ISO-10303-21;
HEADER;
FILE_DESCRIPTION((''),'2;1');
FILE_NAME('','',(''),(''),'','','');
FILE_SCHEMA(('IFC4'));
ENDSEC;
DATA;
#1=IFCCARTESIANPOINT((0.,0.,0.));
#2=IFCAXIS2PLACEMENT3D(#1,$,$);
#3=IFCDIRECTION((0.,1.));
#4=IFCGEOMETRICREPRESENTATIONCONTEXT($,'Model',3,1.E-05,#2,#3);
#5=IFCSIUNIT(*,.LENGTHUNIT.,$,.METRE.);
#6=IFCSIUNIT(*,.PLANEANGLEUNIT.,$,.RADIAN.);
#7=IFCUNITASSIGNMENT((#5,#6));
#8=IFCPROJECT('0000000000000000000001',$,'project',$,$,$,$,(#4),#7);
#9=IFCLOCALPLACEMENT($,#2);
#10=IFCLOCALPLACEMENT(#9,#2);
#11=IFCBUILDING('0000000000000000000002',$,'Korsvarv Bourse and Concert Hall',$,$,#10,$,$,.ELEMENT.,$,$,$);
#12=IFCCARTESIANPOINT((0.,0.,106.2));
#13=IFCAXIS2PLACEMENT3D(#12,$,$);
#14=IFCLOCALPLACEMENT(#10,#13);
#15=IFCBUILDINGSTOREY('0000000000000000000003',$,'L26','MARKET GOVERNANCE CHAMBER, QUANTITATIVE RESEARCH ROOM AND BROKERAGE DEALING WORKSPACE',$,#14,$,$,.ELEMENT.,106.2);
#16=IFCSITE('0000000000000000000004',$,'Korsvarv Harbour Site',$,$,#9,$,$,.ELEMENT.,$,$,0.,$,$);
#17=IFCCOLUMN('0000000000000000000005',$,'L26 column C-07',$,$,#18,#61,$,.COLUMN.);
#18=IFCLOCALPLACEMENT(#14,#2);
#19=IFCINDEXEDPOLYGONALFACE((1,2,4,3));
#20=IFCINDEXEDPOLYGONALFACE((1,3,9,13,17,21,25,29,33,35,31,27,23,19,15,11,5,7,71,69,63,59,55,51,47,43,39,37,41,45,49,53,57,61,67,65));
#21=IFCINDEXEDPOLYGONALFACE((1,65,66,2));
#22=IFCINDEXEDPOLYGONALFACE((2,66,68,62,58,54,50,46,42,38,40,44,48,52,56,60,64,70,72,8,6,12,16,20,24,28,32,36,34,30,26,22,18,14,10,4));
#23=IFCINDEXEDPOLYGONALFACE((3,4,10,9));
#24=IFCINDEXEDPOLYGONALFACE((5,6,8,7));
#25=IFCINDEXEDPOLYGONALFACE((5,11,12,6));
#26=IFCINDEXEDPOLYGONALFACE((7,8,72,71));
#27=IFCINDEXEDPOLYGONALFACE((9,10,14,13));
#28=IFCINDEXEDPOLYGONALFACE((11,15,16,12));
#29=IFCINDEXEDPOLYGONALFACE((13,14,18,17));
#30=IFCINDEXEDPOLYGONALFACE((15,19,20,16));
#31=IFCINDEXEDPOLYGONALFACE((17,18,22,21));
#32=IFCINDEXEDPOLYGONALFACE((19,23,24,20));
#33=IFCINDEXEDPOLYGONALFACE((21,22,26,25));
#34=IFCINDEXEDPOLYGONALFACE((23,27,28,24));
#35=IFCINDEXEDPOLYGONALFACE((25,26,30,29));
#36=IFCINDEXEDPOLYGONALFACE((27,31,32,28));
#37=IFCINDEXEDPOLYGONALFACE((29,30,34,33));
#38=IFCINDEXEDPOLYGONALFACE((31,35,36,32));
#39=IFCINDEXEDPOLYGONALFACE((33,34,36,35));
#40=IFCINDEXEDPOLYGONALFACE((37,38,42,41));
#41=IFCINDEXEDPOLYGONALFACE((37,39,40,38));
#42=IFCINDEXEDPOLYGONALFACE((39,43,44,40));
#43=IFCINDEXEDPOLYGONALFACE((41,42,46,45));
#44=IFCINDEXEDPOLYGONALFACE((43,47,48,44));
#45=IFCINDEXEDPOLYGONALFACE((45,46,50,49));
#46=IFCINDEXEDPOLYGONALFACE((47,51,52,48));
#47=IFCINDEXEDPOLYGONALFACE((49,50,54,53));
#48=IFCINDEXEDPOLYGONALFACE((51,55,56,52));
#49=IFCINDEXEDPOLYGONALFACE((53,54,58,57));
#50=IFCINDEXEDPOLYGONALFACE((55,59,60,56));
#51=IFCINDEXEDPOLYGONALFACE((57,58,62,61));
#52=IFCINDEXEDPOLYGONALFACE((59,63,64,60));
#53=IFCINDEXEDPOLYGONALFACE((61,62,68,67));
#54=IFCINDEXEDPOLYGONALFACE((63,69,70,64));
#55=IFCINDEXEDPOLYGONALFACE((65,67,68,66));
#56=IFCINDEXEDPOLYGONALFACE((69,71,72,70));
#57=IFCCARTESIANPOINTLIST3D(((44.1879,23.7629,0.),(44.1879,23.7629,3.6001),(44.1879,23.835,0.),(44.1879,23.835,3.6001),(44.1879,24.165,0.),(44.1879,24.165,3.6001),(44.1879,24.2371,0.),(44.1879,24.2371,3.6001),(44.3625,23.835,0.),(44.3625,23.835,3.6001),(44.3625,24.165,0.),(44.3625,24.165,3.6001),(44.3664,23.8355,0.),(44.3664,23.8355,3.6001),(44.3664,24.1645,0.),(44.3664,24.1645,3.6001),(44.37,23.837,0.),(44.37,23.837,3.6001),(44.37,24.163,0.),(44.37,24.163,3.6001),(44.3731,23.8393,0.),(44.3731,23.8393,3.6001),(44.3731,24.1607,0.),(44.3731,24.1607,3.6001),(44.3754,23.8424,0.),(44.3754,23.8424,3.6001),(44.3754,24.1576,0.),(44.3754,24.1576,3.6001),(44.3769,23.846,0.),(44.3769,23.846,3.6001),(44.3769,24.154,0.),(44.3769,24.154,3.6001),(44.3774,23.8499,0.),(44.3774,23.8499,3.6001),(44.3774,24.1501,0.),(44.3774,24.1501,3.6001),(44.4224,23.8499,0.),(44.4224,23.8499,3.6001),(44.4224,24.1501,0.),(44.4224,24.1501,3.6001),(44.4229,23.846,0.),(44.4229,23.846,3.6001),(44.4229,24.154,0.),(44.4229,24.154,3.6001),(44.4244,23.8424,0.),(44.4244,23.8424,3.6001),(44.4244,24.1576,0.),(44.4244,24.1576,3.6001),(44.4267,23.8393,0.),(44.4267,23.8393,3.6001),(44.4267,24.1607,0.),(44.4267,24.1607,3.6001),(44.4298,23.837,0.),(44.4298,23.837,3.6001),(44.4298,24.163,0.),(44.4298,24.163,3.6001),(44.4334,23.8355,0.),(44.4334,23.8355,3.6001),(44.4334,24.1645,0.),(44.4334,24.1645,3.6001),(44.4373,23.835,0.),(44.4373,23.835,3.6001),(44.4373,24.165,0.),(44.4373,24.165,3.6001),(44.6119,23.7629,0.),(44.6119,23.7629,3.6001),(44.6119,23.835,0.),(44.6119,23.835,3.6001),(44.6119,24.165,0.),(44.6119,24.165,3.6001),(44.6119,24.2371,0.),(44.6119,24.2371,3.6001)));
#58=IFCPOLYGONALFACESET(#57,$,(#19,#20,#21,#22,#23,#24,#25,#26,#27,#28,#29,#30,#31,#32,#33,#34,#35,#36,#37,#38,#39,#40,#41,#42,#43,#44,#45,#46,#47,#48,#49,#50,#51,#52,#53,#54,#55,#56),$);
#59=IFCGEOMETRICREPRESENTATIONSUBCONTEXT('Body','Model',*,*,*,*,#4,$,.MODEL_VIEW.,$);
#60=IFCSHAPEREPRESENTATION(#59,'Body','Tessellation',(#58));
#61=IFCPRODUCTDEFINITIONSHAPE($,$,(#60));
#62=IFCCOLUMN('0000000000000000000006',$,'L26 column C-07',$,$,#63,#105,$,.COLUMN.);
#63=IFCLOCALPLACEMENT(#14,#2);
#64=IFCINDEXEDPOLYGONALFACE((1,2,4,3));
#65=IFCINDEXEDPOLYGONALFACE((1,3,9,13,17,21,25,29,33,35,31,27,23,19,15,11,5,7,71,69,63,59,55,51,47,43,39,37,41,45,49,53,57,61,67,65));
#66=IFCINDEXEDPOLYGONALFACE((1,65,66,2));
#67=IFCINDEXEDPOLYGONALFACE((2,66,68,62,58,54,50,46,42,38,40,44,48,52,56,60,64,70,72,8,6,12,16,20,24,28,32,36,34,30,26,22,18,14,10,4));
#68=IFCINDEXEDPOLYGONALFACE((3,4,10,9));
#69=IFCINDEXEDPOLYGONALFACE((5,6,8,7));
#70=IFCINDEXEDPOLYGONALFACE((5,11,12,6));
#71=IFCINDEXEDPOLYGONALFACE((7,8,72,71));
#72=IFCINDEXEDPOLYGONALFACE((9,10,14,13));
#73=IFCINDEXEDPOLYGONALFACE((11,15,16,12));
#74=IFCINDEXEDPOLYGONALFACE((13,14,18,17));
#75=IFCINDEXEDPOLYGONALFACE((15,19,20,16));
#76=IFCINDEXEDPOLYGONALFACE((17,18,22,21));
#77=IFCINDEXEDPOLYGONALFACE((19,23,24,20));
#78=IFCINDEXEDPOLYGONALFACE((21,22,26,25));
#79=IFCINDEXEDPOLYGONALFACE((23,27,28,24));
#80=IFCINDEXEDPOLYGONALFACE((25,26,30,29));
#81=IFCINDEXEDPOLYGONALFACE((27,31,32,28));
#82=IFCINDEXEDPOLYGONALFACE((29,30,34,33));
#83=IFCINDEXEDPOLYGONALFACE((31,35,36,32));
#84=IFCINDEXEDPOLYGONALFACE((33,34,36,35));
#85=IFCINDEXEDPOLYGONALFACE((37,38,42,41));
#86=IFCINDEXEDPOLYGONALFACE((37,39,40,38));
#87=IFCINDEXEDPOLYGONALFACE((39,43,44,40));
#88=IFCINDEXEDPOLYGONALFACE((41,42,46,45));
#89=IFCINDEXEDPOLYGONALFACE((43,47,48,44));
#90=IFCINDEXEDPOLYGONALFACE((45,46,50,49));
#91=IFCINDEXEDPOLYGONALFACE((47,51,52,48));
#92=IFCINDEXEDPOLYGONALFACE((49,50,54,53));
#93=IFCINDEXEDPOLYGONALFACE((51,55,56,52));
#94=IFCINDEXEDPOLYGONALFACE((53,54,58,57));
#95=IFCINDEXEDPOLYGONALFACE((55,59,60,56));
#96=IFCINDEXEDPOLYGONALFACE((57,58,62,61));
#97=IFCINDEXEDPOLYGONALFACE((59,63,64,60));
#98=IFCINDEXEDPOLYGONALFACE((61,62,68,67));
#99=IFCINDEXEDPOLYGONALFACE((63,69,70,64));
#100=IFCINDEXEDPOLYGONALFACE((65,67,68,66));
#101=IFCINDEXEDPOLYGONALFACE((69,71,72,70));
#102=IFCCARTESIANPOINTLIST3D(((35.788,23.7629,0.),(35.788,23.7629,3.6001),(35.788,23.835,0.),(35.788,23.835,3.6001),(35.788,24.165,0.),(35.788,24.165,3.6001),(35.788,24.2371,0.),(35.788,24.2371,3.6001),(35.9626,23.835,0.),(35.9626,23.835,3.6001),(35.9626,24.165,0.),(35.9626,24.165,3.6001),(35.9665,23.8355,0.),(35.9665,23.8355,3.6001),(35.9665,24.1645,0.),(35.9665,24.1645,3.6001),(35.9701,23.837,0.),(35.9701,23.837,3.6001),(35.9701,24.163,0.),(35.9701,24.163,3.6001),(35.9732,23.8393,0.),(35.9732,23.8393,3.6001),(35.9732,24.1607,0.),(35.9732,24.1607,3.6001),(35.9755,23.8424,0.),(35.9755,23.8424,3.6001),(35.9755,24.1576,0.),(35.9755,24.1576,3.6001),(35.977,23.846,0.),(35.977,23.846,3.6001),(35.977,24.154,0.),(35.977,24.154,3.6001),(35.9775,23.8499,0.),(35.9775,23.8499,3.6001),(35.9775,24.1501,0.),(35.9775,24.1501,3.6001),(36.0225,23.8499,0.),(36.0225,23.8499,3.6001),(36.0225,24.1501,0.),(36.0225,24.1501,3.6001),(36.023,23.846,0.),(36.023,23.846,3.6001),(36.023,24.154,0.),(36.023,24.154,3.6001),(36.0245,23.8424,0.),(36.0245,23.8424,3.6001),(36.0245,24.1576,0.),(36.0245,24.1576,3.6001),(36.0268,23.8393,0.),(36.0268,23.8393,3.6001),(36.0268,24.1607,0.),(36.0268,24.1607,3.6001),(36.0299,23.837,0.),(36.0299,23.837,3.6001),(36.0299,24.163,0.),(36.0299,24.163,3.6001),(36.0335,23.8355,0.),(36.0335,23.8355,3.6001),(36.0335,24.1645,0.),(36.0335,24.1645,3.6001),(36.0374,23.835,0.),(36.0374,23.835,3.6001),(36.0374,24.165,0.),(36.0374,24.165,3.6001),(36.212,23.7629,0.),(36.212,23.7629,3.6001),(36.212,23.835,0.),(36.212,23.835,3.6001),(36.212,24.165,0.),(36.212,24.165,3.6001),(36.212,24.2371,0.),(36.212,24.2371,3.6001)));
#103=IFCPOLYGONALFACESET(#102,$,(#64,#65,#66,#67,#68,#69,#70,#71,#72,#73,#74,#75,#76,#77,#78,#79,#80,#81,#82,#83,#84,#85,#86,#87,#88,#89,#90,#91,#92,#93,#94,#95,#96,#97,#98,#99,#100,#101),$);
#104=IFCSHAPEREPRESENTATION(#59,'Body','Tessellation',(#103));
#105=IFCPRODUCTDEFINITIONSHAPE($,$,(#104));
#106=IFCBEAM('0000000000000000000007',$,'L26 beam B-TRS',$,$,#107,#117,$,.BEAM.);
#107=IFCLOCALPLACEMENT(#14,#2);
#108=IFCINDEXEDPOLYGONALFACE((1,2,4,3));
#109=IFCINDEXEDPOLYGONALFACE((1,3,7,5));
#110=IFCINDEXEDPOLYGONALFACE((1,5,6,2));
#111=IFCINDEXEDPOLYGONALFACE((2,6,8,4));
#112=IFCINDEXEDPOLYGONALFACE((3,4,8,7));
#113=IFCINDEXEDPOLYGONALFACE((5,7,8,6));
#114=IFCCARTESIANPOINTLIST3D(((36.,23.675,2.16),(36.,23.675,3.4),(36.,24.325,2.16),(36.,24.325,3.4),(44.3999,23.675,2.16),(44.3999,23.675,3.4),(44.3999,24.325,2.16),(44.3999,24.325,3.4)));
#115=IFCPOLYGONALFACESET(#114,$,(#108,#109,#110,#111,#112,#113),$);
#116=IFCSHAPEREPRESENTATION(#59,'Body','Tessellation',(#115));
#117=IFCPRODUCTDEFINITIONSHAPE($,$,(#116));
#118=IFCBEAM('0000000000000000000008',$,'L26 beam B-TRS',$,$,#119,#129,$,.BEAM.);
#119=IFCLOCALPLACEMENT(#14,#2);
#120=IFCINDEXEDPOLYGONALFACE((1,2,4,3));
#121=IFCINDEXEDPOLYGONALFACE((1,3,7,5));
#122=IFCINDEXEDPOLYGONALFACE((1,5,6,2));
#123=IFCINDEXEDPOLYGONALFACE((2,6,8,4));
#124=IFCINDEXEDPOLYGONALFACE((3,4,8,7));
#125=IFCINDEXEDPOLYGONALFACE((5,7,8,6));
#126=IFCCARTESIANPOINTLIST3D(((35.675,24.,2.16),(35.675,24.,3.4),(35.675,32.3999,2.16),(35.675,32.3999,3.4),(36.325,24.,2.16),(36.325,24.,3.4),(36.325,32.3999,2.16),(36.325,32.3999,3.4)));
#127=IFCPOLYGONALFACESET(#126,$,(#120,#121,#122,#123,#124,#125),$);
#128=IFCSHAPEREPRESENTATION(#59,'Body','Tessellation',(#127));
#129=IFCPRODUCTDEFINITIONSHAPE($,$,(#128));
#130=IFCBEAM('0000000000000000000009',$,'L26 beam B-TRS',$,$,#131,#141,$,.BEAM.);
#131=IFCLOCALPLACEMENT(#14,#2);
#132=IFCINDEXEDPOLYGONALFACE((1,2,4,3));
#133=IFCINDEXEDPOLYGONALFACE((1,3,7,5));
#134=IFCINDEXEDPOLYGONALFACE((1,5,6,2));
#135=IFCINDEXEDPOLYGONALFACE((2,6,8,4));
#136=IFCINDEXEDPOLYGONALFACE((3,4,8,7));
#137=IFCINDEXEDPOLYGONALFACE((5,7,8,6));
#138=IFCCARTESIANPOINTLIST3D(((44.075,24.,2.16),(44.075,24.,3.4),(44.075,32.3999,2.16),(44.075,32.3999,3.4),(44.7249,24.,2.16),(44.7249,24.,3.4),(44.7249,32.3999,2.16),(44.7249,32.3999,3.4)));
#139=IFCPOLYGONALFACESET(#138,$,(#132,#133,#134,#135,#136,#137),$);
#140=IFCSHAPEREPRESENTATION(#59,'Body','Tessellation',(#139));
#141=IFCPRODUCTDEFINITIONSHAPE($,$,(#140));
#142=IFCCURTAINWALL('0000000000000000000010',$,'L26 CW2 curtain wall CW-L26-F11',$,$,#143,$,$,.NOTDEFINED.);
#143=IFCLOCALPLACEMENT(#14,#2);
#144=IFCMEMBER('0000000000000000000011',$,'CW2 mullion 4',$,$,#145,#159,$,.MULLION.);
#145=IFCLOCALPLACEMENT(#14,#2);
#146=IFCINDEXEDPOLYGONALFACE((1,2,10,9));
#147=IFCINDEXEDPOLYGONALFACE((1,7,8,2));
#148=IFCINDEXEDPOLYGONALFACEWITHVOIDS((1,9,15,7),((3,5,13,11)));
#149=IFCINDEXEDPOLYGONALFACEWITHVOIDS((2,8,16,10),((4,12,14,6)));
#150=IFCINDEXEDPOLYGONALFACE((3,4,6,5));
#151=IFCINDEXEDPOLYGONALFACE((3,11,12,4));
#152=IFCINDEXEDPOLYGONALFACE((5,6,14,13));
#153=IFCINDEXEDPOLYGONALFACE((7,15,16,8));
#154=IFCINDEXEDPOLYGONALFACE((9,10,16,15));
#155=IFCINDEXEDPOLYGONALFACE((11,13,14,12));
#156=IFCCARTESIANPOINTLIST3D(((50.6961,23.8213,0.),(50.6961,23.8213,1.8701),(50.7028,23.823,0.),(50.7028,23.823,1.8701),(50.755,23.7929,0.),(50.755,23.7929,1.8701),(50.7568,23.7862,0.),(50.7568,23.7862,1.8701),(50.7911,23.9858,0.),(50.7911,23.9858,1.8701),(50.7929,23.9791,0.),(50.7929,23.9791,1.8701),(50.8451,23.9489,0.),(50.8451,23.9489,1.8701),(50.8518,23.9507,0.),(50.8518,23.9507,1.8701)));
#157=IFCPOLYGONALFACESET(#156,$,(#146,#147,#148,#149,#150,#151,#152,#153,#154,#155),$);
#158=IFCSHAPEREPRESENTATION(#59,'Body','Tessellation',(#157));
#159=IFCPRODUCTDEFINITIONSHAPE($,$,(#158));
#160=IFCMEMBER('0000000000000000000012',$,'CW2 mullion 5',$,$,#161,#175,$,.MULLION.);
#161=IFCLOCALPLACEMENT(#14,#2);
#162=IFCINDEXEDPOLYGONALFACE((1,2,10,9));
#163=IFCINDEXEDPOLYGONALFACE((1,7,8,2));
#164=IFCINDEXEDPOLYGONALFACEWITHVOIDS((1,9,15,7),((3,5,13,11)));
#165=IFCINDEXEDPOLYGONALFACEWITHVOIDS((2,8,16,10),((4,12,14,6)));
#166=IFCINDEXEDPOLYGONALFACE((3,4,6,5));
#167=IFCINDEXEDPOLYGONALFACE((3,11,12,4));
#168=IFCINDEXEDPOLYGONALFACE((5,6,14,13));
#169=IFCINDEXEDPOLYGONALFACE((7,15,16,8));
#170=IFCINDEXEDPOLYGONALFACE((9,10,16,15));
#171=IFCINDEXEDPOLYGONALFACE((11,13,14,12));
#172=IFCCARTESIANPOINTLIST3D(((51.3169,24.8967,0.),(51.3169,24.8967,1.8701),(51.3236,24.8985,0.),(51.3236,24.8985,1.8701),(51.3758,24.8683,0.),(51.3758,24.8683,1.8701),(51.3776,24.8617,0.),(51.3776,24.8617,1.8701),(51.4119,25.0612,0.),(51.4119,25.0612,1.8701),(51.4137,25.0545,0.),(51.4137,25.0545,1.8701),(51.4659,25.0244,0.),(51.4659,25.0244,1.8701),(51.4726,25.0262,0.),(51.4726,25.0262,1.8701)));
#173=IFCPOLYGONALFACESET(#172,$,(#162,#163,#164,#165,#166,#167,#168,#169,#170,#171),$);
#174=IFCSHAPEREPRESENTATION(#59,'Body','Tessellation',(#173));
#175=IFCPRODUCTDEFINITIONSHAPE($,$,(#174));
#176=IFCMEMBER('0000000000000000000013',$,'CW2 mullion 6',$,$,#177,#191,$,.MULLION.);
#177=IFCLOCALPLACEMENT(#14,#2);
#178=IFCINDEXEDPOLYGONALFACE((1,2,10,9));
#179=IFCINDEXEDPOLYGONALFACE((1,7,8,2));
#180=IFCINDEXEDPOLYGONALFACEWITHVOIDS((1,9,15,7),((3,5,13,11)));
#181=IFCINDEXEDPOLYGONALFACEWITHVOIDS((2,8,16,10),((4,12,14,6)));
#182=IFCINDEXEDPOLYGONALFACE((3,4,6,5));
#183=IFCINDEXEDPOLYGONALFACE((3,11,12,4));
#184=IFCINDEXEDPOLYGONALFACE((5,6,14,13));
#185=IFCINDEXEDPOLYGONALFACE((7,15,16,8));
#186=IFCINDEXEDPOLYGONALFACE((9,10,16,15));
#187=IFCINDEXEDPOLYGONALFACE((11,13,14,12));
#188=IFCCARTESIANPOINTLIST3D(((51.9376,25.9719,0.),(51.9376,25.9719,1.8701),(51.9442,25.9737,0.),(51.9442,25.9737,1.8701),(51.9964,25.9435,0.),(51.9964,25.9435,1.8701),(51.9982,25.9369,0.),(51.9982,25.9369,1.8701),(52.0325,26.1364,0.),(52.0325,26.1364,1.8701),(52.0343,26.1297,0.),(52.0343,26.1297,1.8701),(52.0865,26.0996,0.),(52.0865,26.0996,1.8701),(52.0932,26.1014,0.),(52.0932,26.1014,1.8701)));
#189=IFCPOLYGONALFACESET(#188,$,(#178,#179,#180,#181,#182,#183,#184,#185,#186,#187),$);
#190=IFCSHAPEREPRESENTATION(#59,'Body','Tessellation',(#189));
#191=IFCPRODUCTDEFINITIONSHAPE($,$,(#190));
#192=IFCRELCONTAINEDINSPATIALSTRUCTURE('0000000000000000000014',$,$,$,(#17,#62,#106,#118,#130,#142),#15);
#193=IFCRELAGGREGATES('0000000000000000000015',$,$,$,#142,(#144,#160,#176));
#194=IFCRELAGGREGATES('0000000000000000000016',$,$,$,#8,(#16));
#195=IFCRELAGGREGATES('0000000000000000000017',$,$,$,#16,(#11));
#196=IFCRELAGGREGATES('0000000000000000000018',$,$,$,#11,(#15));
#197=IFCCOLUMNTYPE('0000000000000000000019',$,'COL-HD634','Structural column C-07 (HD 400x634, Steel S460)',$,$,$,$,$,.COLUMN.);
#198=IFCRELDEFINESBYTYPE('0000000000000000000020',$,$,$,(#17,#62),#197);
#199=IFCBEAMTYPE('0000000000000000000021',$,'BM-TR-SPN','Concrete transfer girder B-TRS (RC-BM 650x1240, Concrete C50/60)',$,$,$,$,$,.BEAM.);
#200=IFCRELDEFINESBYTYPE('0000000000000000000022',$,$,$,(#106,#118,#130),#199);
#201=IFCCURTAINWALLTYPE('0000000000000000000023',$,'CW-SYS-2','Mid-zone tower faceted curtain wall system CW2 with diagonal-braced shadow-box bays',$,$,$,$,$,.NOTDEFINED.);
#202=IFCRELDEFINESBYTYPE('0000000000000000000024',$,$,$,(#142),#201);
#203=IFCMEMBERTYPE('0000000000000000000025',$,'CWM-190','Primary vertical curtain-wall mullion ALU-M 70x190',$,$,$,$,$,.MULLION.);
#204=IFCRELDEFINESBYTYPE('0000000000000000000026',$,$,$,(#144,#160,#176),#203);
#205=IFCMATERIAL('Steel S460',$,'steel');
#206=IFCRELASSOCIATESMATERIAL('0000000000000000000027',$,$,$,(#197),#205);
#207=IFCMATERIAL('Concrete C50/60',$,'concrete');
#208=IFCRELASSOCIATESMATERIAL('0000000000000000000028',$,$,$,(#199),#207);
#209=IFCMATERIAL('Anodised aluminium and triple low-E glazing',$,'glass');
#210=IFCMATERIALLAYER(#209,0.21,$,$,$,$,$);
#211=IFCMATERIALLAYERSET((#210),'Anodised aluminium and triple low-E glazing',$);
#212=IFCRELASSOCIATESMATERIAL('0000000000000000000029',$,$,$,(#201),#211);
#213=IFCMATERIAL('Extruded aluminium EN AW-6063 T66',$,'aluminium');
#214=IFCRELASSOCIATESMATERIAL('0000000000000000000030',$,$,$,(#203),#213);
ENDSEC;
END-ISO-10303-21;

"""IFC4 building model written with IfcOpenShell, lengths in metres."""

from ifc_helpers import new_model, si_unit, direction, frame, origin, origin_2d, place, context, subcontext, project, spatial, rectangle, hollow_rectangle, i_section, extrude, source, transform, mapped, material, layer, layer_set, material_profile, profile_set, type_object, element, aggregate, save


model = new_model("IFC4")

# Units and contexts
model_context = context("Model", 3, precision=1e-05, world=origin(), true_north=direction((0.0, 1.0)))
body_context = subcontext(model_context, "Body", "Model", "MODEL_VIEW")
ifc_project = project(units=[si_unit("LENGTHUNIT", "METRE"), si_unit("PLANEANGLEUNIT", "RADIAN")], contexts=[model_context])

# Site, building, storey
site_placement = place(None, origin())
site = spatial("IfcSite", under=ifc_project, at=site_placement, Name="Korsvarv Harbour Site", CompositionType="ELEMENT", RefElevation=0.0)
building_placement = place(site_placement, origin())
building = spatial("IfcBuilding", under=site, at=building_placement, Name="Korsvarv Bourse and Concert Hall", CompositionType="ELEMENT")
storey_placement = place(building_placement, frame((0.0, 0.0, 106.2)))
storey = spatial("IfcBuildingStorey", under=building, at=storey_placement, Name="L26", Description="MARKET GOVERNANCE CHAMBER, QUANTITATIVE RESEARCH ROOM AND BROKERAGE DEALING WORKSPACE", CompositionType="ELEMENT", Elevation=106.2)

# Columns
ifc_material_1 = material(Name="Steel S460", Category="steel")
ifc_material_profile_1 = material_profile(ifc_material_1, i_section(OverallWidth=0.4241, OverallDepth=0.4741, WebThickness=0.0449, FlangeThickness=0.072, FilletRadius=0.0149, at=origin_2d()), Name="HD 400x634")
ifc_profile_set_1 = profile_set([ifc_material_profile_1], Name="Steel S460")
column_type = type_object("IfcColumnType", Name="COL-HD634", Description="Structural column C-07 (HD 400x634, Steel S460)", PredefinedType="COLUMN", material=ifc_profile_set_1)
shared_shape_1 = source(origin(), body_context, "Body", "SweptSolid", [
    extrude(i_section(OverallWidth=0.4241, OverallDepth=0.4741, WebThickness=0.0449, FlangeThickness=0.072, FilletRadius=0.0149, at=origin_2d()), origin(), (0.0, 0.0, 1.0), 3.6001),
])
for number, where, z_axis, x_axis, name in (
    (1, (44.3999, 24.0, 0.0), (0.0, 0.0, 1.0), (1.0, 0.0, 0.0), "L26 column C-07"),
    (2, (36.0, 24.0, 0.0), (0.0, 0.0, 1.0), (1.0, 0.0, 0.0), "L26 column C-07"),
):
    element("IfcColumn", number, at=place(storey_placement, frame(where, z_axis=z_axis, x_axis=x_axis)), inside=storey, type_object=column_type, Name=name, PredefinedType="COLUMN", context=body_context, shape_type="MappedRepresentation", body=[
        mapped(shared_shape_1, transform((0.0, 0.0, 0.0), scale=1.0)),
    ])

# Beams
ifc_material_2 = material(Name="Concrete C50/60", Category="concrete")
ifc_material_profile_2 = material_profile(ifc_material_2, rectangle(XDim=0.6499, YDim=1.24, at=origin_2d()), Name="RC-BM 650x1240")
ifc_profile_set_2 = profile_set([ifc_material_profile_2], Name="Concrete C50/60")
beam_type = type_object("IfcBeamType", Name="BM-TR-SPN", Description="Concrete transfer girder B-TRS (RC-BM 650x1240, Concrete C50/60)", PredefinedType="BEAM", material=ifc_profile_set_2)
shared_shape_2 = source(origin(), body_context, "Body", "SweptSolid", [
    extrude(rectangle(XDim=0.6499, YDim=1.24, at=origin_2d()), origin(), (0.0, 0.0, 1.0), 8.3999),
])
for number, where, z_axis, x_axis, name in (
    (3, (36.0, 24.0, 2.78), (1.0, 0.0, 0.0), (0.0, 1.0, 0.0), "L26 beam B-TRS"),
    (4, (36.0, 24.0, 2.78), (0.0, 1.0, 0.0), (-1.0, 0.0, 0.0), "L26 beam B-TRS"),
    (5, (44.3999, 24.0, 2.78), (0.0, 1.0, 0.0), (-1.0, 0.0, 0.0), "L26 beam B-TRS"),
):
    element("IfcBeam", number, at=place(storey_placement, frame(where, z_axis=z_axis, x_axis=x_axis)), inside=storey, type_object=beam_type, Name=name, PredefinedType="BEAM", context=body_context, shape_type="MappedRepresentation", body=[
        mapped(shared_shape_2, transform((0.0, 0.0, 0.0), scale=1.0)),
    ])

# Curtain wall, members
ifc_material_3 = material(Name="Anodised aluminium and triple low-E glazing", Category="glass")
ifc_layer_1 = layer(ifc_material_3, 0.21)
ifc_layer_set_1 = layer_set([ifc_layer_1], Name="Anodised aluminium and triple low-E glazing")
curtain_wall_type = type_object("IfcCurtainWallType", Name="CW-SYS-2", Description="Mid-zone tower faceted curtain wall system CW2 with diagonal-braced shadow-box bays", PredefinedType="NOTDEFINED", material=ifc_layer_set_1)
curtain_wall_placement = place(storey_placement, origin())
curtain_wall = element("IfcCurtainWall", 6, at=curtain_wall_placement, inside=storey, type_object=curtain_wall_type, Name="L26 CW2 curtain wall CW-L26-F11", PredefinedType="NOTDEFINED")
ifc_material_4 = material(Name="Extruded aluminium EN AW-6063 T66", Category="aluminium")
ifc_material_profile_3 = material_profile(ifc_material_4, hollow_rectangle(XDim=0.0701, YDim=0.1899, WallThickness=0.0049, at=origin_2d()), Name="ALU-M 70x190")
ifc_profile_set_3 = profile_set([ifc_material_profile_3], Name="Extruded aluminium EN AW-6063 T66")
member_type_1 = type_object("IfcMemberType", Name="CWM-190", Description="Primary vertical curtain-wall mullion ALU-M 70x190", PredefinedType="MULLION", material=ifc_profile_set_3)
shared_shape_3 = source(origin(), body_context, "Body", "SweptSolid", [
    extrude(hollow_rectangle(XDim=0.0701, YDim=0.1899, WallThickness=0.0049, at=origin_2d()), origin(), (0.0, 0.0, 1.0), 1.8701),
])
member_1_placement = place(storey_placement, frame((50.7739, 23.886, 0.0), z_axis=(0.0, 0.0, 1.0), x_axis=(-0.866024, 0.500002, 0.0)))
member_1 = element("IfcMember", 7, at=member_1_placement, type_object=member_type_1, Name="CW2 mullion 4", PredefinedType="MULLION", context=body_context, shape_type="MappedRepresentation", body=[
    mapped(shared_shape_3, transform((0.0, 0.0, 0.0), scale=1.0)),
])
member_2_placement = place(storey_placement, frame((51.3948, 24.9614, 0.0), z_axis=(0.0, 0.0, 1.0), x_axis=(-0.866024, 0.500002, 0.0)))
member_2 = element("IfcMember", 8, at=member_2_placement, type_object=member_type_1, Name="CW2 mullion 5", PredefinedType="MULLION", context=body_context, shape_type="MappedRepresentation", body=[
    mapped(shared_shape_3, transform((0.0, 0.0, 0.0), scale=1.0)),
])
member_3_placement = place(storey_placement, frame((52.0154, 26.0366, 0.0), z_axis=(0.0, 0.0, 1.0), x_axis=(-0.866024, 0.500002, 0.0)))
member_3 = element("IfcMember", 9, at=member_3_placement, type_object=member_type_1, Name="CW2 mullion 6", PredefinedType="MULLION", context=body_context, shape_type="MappedRepresentation", body=[
    mapped(shared_shape_3, transform((0.0, 0.0, 0.0), scale=1.0)),
])
aggregate(curtain_wall, [member_1, member_2, member_3])

save(model, "model.ifc")
